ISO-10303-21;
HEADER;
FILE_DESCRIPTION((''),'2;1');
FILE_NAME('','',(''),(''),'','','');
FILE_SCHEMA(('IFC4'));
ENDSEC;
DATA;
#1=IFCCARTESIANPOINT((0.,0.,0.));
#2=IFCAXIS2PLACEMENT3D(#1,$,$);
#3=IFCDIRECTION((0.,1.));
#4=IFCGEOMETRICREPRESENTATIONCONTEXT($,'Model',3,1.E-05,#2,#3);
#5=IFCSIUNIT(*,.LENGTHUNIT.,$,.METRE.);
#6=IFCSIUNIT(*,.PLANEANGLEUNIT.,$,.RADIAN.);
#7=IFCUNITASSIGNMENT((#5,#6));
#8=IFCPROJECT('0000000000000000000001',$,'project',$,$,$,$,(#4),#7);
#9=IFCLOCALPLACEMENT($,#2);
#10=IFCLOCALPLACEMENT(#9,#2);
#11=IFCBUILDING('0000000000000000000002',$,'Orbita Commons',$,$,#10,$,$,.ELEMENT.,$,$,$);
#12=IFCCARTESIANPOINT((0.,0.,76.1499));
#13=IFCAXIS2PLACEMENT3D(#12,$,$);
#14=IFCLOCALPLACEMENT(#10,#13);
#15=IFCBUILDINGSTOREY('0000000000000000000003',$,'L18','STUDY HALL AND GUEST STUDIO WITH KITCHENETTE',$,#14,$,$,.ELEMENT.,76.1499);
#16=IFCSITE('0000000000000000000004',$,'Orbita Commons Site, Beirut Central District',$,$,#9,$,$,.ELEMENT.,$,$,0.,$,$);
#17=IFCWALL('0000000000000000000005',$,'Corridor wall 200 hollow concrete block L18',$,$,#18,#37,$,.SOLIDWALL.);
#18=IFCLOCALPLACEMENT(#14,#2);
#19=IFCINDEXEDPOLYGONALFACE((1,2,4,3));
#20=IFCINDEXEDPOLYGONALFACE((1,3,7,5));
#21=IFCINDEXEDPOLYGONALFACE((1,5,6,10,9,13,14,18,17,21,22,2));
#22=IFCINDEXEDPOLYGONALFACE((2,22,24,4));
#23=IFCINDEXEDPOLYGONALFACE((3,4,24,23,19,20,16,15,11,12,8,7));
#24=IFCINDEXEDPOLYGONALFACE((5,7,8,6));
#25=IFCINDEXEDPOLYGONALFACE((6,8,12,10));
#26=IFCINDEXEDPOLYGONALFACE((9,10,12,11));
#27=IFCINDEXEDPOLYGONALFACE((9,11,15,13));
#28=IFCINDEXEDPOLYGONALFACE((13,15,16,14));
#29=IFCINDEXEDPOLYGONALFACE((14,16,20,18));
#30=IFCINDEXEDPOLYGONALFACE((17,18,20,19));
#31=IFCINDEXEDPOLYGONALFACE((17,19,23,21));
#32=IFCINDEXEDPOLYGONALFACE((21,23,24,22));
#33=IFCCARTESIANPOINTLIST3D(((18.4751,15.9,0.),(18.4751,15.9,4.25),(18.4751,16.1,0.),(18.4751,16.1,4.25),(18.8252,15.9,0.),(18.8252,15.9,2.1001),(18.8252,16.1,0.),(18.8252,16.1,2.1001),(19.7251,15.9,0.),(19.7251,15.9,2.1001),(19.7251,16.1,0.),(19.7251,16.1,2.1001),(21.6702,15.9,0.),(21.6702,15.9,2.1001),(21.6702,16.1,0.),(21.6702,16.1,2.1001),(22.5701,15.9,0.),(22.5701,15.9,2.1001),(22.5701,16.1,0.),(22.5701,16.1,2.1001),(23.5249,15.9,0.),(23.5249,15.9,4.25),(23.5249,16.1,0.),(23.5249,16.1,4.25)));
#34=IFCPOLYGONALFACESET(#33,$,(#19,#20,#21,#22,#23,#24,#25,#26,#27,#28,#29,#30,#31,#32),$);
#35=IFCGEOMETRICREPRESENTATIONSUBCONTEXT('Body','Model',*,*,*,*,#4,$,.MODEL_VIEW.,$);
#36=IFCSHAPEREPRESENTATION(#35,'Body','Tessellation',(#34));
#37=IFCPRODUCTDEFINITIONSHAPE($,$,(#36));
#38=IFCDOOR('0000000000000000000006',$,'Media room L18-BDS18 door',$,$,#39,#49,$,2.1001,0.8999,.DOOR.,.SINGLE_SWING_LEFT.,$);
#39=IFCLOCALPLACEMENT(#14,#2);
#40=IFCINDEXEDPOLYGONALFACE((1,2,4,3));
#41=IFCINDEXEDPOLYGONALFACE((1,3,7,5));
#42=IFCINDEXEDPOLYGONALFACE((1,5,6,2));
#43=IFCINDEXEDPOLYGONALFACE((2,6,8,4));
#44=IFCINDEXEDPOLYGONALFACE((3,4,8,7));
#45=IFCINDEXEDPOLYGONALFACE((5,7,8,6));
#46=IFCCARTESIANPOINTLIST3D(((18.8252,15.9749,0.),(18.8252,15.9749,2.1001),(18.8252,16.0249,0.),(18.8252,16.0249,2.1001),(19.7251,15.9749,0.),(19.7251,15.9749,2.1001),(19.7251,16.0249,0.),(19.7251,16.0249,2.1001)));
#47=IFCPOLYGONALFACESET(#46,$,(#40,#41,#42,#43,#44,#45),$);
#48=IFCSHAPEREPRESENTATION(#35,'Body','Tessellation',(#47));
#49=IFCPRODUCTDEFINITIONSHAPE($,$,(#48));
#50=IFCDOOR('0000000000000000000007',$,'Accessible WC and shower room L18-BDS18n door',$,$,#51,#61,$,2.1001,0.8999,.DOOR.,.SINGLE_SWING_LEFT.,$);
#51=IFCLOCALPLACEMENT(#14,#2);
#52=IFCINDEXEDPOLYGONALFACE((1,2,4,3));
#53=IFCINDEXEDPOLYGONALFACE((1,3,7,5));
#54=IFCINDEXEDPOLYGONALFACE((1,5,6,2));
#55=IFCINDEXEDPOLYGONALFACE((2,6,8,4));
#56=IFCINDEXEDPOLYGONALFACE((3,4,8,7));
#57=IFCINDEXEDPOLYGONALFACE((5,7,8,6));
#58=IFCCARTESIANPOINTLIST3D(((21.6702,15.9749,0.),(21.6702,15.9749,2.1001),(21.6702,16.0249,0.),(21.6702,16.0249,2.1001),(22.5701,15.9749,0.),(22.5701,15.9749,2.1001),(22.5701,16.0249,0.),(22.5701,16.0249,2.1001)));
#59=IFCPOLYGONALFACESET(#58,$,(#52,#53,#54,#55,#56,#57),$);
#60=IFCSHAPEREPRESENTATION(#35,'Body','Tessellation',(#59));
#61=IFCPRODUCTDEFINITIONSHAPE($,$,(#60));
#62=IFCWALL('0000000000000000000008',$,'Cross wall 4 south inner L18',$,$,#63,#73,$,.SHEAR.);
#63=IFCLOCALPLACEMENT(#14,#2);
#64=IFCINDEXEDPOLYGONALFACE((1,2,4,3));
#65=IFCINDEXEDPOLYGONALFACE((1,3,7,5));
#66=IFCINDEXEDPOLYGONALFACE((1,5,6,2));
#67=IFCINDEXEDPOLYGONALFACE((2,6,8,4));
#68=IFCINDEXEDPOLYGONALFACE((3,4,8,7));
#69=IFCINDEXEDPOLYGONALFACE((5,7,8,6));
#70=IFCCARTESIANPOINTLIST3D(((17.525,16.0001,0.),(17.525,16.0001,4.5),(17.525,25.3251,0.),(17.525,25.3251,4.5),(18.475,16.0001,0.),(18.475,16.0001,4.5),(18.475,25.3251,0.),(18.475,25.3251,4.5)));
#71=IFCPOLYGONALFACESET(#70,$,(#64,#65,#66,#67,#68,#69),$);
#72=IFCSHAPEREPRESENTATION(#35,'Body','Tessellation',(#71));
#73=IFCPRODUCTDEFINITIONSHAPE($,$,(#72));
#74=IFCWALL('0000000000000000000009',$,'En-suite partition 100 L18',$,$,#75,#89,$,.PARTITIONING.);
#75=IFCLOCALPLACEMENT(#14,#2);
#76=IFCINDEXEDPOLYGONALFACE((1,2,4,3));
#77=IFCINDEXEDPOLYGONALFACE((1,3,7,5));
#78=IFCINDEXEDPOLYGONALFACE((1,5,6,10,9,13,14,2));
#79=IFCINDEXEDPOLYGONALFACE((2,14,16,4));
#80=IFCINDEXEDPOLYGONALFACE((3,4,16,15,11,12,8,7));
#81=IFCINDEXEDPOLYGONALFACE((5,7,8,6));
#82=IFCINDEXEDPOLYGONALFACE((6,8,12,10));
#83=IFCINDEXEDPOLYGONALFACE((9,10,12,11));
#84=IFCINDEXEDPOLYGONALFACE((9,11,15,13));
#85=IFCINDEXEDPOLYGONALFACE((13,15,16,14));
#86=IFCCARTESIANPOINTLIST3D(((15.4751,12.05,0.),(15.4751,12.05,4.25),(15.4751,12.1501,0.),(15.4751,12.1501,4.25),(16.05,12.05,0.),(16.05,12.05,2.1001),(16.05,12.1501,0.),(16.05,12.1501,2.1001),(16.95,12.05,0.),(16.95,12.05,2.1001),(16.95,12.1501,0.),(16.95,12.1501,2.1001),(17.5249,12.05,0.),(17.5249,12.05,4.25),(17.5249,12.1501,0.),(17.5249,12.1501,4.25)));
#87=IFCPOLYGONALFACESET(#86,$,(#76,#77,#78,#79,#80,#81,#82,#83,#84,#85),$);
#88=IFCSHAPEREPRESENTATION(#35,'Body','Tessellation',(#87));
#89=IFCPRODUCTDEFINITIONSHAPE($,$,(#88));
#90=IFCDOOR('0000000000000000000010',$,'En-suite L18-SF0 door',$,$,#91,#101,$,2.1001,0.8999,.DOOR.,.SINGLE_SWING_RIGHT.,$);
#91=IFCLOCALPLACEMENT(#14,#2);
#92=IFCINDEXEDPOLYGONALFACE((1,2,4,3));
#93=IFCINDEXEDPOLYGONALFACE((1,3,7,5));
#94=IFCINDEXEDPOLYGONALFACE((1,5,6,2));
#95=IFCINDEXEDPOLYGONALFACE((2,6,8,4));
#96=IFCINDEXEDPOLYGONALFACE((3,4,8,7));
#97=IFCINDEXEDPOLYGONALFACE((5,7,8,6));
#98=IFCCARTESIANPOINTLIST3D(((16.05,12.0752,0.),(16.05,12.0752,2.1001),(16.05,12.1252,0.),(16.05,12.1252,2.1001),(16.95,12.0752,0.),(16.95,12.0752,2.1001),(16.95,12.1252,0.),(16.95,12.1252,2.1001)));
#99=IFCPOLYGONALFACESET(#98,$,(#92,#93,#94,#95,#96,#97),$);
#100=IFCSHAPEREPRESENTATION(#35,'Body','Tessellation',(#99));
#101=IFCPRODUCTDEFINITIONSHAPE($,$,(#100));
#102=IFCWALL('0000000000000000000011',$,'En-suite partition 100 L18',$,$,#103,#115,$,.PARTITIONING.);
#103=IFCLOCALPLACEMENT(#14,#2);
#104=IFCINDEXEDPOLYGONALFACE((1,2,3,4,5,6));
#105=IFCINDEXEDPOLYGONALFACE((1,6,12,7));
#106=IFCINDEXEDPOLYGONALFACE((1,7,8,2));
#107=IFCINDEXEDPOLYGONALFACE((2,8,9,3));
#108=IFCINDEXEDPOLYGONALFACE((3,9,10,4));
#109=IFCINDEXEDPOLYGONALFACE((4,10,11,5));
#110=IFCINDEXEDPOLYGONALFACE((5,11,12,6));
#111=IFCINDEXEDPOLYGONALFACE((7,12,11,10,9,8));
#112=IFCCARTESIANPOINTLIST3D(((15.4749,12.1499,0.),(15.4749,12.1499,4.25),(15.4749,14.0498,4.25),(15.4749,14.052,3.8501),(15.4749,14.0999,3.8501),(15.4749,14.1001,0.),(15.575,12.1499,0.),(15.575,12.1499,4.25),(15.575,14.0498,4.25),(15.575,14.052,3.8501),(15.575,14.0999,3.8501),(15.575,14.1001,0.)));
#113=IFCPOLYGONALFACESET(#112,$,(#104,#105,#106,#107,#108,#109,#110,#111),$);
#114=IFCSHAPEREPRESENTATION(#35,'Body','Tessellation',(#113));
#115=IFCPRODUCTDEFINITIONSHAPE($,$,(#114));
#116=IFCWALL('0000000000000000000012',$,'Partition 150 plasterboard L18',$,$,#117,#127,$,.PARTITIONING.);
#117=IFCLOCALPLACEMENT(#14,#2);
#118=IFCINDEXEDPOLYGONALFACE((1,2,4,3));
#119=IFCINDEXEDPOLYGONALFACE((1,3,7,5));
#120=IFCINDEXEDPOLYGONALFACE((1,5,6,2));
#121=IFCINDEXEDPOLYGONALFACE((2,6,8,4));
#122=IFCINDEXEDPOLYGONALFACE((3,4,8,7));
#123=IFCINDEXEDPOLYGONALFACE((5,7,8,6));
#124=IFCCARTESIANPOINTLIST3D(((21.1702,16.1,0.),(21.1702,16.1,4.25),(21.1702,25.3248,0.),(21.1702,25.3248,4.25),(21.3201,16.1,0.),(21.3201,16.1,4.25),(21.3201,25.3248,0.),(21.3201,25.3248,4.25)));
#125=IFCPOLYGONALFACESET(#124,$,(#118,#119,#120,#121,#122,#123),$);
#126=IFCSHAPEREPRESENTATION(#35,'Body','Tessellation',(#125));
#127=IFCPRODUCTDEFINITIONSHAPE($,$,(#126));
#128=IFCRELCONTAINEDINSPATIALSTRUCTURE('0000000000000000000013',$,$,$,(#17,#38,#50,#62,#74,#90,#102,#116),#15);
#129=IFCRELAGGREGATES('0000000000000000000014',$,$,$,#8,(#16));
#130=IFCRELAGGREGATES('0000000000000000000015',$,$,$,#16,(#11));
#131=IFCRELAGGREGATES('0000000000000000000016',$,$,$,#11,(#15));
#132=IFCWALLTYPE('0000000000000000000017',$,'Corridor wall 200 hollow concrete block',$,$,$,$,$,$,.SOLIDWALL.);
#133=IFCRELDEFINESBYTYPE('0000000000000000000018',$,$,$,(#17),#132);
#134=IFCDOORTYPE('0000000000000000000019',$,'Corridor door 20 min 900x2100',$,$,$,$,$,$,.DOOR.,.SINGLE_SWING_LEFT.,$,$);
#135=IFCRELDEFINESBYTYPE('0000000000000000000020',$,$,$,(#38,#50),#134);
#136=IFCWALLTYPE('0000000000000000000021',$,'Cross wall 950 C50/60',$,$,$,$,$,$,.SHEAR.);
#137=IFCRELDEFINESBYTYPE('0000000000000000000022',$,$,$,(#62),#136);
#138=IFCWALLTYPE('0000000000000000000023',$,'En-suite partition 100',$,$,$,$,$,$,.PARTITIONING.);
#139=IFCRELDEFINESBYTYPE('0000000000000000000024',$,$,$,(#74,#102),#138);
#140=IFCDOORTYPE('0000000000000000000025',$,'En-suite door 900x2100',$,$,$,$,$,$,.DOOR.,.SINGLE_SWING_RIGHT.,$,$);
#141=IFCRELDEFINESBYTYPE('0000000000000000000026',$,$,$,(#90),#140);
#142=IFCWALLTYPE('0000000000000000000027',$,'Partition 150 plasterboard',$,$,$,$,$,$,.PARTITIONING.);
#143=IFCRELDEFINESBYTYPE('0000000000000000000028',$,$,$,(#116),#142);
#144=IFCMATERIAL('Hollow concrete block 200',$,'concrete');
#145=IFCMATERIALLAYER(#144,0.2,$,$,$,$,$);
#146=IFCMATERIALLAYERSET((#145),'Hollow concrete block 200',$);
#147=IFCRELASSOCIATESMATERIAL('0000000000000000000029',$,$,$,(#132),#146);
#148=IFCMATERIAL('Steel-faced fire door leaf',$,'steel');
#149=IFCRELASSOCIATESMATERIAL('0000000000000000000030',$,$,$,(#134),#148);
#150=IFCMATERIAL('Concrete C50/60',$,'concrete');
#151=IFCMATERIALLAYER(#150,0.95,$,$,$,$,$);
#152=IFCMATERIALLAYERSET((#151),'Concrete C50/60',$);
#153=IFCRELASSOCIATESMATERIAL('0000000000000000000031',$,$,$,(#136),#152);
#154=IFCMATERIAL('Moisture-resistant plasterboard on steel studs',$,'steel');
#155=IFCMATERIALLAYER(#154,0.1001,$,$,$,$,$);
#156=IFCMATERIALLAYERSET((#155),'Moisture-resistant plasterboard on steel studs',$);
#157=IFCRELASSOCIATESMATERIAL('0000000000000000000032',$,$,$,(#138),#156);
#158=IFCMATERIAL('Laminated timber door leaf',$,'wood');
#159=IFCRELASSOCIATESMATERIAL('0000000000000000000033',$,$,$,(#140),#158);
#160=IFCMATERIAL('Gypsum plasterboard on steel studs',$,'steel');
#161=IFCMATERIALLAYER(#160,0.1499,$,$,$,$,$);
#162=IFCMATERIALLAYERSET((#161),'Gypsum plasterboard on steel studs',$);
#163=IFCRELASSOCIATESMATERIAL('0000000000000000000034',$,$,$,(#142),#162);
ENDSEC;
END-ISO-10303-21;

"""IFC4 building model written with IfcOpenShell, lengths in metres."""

from ifc_helpers import new_model, si_unit, direction, frame, frame_2d, origin, place, context, subcontext, project, spatial, polyline, rectangle, outline, extrude, material, layer, layer_set, type_object, element, fill, save


model = new_model("IFC4")

# Units and contexts
model_context = context("Model", 3, precision=1e-05, world=origin(), true_north=direction((0.0, 1.0)))
body_context = subcontext(model_context, "Body", "Model", "MODEL_VIEW")
ifc_project = project(units=[si_unit("LENGTHUNIT", "METRE"), si_unit("PLANEANGLEUNIT", "RADIAN")], contexts=[model_context])

# Site, building, storey
site_placement = place(None, origin())
site = spatial("IfcSite", under=ifc_project, at=site_placement, Name="Orbita Commons Site, Beirut Central District", CompositionType="ELEMENT", RefElevation=0.0)
building_placement = place(site_placement, origin())
building = spatial("IfcBuilding", under=site, at=building_placement, Name="Orbita Commons", CompositionType="ELEMENT")
storey_placement = place(building_placement, frame((0.0, 0.0, 76.1499)))
storey = spatial("IfcBuildingStorey", under=building, at=storey_placement, Name="L18", Description="STUDY HALL AND GUEST STUDIO WITH KITCHENETTE", CompositionType="ELEMENT", Elevation=76.1499)

# Wall, openings, doors
ifc_material_1 = material(Name="Hollow concrete block 200", Category="concrete")
ifc_layer_1 = layer(ifc_material_1, 0.2)
ifc_layer_set_1 = layer_set([ifc_layer_1], Name="Hollow concrete block 200")
wall_type_1 = type_object("IfcWallType", Name="Corridor wall 200 hollow concrete block", PredefinedType="SOLIDWALL", material=ifc_layer_set_1)
wall_1_placement = place(storey_placement, frame((18.4751, 16.0, 0.0), z_axis=(0.0, 0.0, 1.0), x_axis=(1.0, 0.0, 0.0)))
wall_1 = element("IfcWall", 1, at=wall_1_placement, inside=storey, type_object=wall_type_1, Name="Corridor wall 200 hollow concrete block L18", PredefinedType="SOLIDWALL", context=body_context, shape_type="SweptSolid", body=[
    extrude(rectangle(XDim=5.0498, YDim=0.2, at=frame_2d((2.5249, 0.0))), origin(), (0.0, 0.0, 1.0), 4.25),
])
opening_1_placement = place(wall_1_placement, frame((0.3501, 0.0, 0.0)))
opening_1 = element("IfcOpeningElement", 2, at=opening_1_placement, cuts=wall_1, PredefinedType="OPENING", context=body_context, shape_type="SweptSolid", body=[
    extrude(rectangle(XDim=0.8999, YDim=2.1001, at=frame_2d((0.45, 1.05))), frame((0.0, 0.1099, 0.0), z_axis=(0.0, -1.0, 0.0), x_axis=(1.0, 0.0, 0.0)), (0.0, 0.0, 1.0), 0.22),
])
opening_2_placement = place(wall_1_placement, frame((3.1951, 0.0, 0.0)))
opening_2 = element("IfcOpeningElement", 3, at=opening_2_placement, cuts=wall_1, PredefinedType="OPENING", context=body_context, shape_type="SweptSolid", body=[
    extrude(rectangle(XDim=0.8999, YDim=2.1001, at=frame_2d((0.45, 1.05))), frame((0.0, 0.1099, 0.0), z_axis=(0.0, -1.0, 0.0), x_axis=(1.0, 0.0, 0.0)), (0.0, 0.0, 1.0), 0.22),
])
ifc_material_2 = material(Name="Steel-faced fire door leaf", Category="steel")
door_type_1 = type_object("IfcDoorType", Name="Corridor door 20 min 900x2100", OperationType="SINGLE_SWING_LEFT", PredefinedType="DOOR", material=ifc_material_2)
door_1_placement = place(opening_1_placement, origin())
door_1 = element("IfcDoor", 4, at=door_1_placement, inside=storey, type_object=door_type_1, Name="Media room L18-BDS18 door", OperationType="SINGLE_SWING_LEFT", OverallHeight=2.1001, OverallWidth=0.8999, PredefinedType="DOOR", context=body_context, shape_type="SweptSolid", body=[
    extrude(rectangle(XDim=0.8999, YDim=2.1001, at=frame_2d((0.45, 1.05))), frame((0.0, 0.0249, 0.0), z_axis=(0.0, -1.0, 0.0), x_axis=(1.0, 0.0, 0.0)), (0.0, 0.0, 1.0), 0.05),
])
fill(opening_1, door_1)
door_2_placement = place(opening_2_placement, origin())
door_2 = element("IfcDoor", 5, at=door_2_placement, inside=storey, type_object=door_type_1, Name="Accessible WC and shower room L18-BDS18n door", OperationType="SINGLE_SWING_LEFT", OverallHeight=2.1001, OverallWidth=0.8999, PredefinedType="DOOR", context=body_context, shape_type="SweptSolid", body=[
    extrude(rectangle(XDim=0.8999, YDim=2.1001, at=frame_2d((0.45, 1.05))), frame((0.0, 0.0249, 0.0), z_axis=(0.0, -1.0, 0.0), x_axis=(1.0, 0.0, 0.0)), (0.0, 0.0, 1.0), 0.05),
])
fill(opening_2, door_2)

# Wall
ifc_material_3 = material(Name="Concrete C50/60", Category="concrete")
ifc_layer_2 = layer(ifc_material_3, 0.95)
ifc_layer_set_2 = layer_set([ifc_layer_2], Name="Concrete C50/60")
wall_type_2 = type_object("IfcWallType", Name="Cross wall 950 C50/60", PredefinedType="SHEAR", material=ifc_layer_set_2)
wall_2_placement = place(storey_placement, frame((18.0, 16.0, 0.0), z_axis=(0.0, 0.0, 1.0), x_axis=(0.0, 1.0, 0.0)))
element("IfcWall", 6, at=wall_2_placement, inside=storey, type_object=wall_type_2, Name="Cross wall 4 south inner L18", PredefinedType="SHEAR", context=body_context, shape_type="SweptSolid", body=[
    extrude(rectangle(XDim=9.325, YDim=0.95, at=frame_2d((4.6626, 0.0))), origin(), (0.0, 0.0, 1.0), 4.5),
])

# Wall, opening, door
ifc_material_4 = material(Name="Moisture-resistant plasterboard on steel studs", Category="steel")
ifc_layer_3 = layer(ifc_material_4, 0.1001)
ifc_layer_set_3 = layer_set([ifc_layer_3], Name="Moisture-resistant plasterboard on steel studs")
wall_type_3 = type_object("IfcWallType", Name="En-suite partition 100", PredefinedType="PARTITIONING", material=ifc_layer_set_3)
wall_3_placement = place(storey_placement, frame((17.5249, 12.1001, 0.0), z_axis=(0.0, 0.0, 1.0), x_axis=(-1.0, 0.0, 0.0)))
wall_3 = element("IfcWall", 7, at=wall_3_placement, inside=storey, type_object=wall_type_3, Name="En-suite partition 100 L18", PredefinedType="PARTITIONING", context=body_context, shape_type="SweptSolid", body=[
    extrude(rectangle(XDim=2.0498, YDim=0.1001, at=frame_2d((1.0249, 0.0))), origin(), (0.0, 0.0, 1.0), 4.25),
])
opening_3_placement = place(wall_3_placement, frame((0.575, 0.0, 0.0)))
opening_3 = element("IfcOpeningElement", 8, at=opening_3_placement, cuts=wall_3, PredefinedType="OPENING", context=body_context, shape_type="SweptSolid", body=[
    extrude(rectangle(XDim=0.8999, YDim=2.1001, at=frame_2d((0.45, 1.05))), frame((0.0, 0.0601, 0.0), z_axis=(0.0, -1.0, 0.0), x_axis=(1.0, 0.0, 0.0)), (0.0, 0.0, 1.0), 0.1201),
])
ifc_material_5 = material(Name="Laminated timber door leaf", Category="wood")
door_type_2 = type_object("IfcDoorType", Name="En-suite door 900x2100", OperationType="SINGLE_SWING_RIGHT", PredefinedType="DOOR", material=ifc_material_5)
door_3_placement = place(opening_3_placement, origin())
door_3 = element("IfcDoor", 9, at=door_3_placement, inside=storey, type_object=door_type_2, Name="En-suite L18-SF0 door", OperationType="SINGLE_SWING_RIGHT", OverallHeight=2.1001, OverallWidth=0.8999, PredefinedType="DOOR", context=body_context, shape_type="SweptSolid", body=[
    extrude(rectangle(XDim=0.8999, YDim=2.1001, at=frame_2d((0.45, 1.05))), frame((0.0, 0.0249, 0.0), z_axis=(0.0, -1.0, 0.0), x_axis=(1.0, 0.0, 0.0)), (0.0, 0.0, 1.0), 0.05),
])
fill(opening_3, door_3)

# Walls
wall_4_placement = place(storey_placement, frame((15.5249, 12.1499, 0.0), z_axis=(0.0, 0.0, 1.0), x_axis=(0.0, 1.0, 0.0)))
element("IfcWall", 10, at=wall_4_placement, inside=storey, type_object=wall_type_3, Name="En-suite partition 100 L18", PredefinedType="PARTITIONING", context=body_context, shape_type="SweptSolid", body=[
    extrude(outline(polyline([(0.0, 0.0), (1.9502, 0.0), (1.95, 3.8501), (1.9021, 3.8501), (1.8999, 4.25), (0.0, 4.25), (0.0, 0.0)])), frame((0.0, 0.05, 0.0), z_axis=(0.0, -1.0, 0.0), x_axis=(1.0, 0.0, 0.0)), (0.0, 0.0, 1.0), 0.1001),
])
ifc_material_6 = material(Name="Gypsum plasterboard on steel studs", Category="steel")
ifc_layer_4 = layer(ifc_material_6, 0.1499)
ifc_layer_set_4 = layer_set([ifc_layer_4], Name="Gypsum plasterboard on steel studs")
wall_type_4 = type_object("IfcWallType", Name="Partition 150 plasterboard", PredefinedType="PARTITIONING", material=ifc_layer_set_4)
wall_5_placement = place(storey_placement, frame((21.2451, 16.1001, 0.0), z_axis=(0.0, 0.0, 1.0), x_axis=(0.0, 1.0, 0.0)))
element("IfcWall", 11, at=wall_5_placement, inside=storey, type_object=wall_type_4, Name="Partition 150 plasterboard L18", PredefinedType="PARTITIONING", context=body_context, shape_type="SweptSolid", body=[
    extrude(rectangle(XDim=9.2249, YDim=0.1499, at=frame_2d((4.6123, 0.0))), origin(), (0.0, 0.0, 1.0), 4.25),
])

save(model, "model.ifc")
